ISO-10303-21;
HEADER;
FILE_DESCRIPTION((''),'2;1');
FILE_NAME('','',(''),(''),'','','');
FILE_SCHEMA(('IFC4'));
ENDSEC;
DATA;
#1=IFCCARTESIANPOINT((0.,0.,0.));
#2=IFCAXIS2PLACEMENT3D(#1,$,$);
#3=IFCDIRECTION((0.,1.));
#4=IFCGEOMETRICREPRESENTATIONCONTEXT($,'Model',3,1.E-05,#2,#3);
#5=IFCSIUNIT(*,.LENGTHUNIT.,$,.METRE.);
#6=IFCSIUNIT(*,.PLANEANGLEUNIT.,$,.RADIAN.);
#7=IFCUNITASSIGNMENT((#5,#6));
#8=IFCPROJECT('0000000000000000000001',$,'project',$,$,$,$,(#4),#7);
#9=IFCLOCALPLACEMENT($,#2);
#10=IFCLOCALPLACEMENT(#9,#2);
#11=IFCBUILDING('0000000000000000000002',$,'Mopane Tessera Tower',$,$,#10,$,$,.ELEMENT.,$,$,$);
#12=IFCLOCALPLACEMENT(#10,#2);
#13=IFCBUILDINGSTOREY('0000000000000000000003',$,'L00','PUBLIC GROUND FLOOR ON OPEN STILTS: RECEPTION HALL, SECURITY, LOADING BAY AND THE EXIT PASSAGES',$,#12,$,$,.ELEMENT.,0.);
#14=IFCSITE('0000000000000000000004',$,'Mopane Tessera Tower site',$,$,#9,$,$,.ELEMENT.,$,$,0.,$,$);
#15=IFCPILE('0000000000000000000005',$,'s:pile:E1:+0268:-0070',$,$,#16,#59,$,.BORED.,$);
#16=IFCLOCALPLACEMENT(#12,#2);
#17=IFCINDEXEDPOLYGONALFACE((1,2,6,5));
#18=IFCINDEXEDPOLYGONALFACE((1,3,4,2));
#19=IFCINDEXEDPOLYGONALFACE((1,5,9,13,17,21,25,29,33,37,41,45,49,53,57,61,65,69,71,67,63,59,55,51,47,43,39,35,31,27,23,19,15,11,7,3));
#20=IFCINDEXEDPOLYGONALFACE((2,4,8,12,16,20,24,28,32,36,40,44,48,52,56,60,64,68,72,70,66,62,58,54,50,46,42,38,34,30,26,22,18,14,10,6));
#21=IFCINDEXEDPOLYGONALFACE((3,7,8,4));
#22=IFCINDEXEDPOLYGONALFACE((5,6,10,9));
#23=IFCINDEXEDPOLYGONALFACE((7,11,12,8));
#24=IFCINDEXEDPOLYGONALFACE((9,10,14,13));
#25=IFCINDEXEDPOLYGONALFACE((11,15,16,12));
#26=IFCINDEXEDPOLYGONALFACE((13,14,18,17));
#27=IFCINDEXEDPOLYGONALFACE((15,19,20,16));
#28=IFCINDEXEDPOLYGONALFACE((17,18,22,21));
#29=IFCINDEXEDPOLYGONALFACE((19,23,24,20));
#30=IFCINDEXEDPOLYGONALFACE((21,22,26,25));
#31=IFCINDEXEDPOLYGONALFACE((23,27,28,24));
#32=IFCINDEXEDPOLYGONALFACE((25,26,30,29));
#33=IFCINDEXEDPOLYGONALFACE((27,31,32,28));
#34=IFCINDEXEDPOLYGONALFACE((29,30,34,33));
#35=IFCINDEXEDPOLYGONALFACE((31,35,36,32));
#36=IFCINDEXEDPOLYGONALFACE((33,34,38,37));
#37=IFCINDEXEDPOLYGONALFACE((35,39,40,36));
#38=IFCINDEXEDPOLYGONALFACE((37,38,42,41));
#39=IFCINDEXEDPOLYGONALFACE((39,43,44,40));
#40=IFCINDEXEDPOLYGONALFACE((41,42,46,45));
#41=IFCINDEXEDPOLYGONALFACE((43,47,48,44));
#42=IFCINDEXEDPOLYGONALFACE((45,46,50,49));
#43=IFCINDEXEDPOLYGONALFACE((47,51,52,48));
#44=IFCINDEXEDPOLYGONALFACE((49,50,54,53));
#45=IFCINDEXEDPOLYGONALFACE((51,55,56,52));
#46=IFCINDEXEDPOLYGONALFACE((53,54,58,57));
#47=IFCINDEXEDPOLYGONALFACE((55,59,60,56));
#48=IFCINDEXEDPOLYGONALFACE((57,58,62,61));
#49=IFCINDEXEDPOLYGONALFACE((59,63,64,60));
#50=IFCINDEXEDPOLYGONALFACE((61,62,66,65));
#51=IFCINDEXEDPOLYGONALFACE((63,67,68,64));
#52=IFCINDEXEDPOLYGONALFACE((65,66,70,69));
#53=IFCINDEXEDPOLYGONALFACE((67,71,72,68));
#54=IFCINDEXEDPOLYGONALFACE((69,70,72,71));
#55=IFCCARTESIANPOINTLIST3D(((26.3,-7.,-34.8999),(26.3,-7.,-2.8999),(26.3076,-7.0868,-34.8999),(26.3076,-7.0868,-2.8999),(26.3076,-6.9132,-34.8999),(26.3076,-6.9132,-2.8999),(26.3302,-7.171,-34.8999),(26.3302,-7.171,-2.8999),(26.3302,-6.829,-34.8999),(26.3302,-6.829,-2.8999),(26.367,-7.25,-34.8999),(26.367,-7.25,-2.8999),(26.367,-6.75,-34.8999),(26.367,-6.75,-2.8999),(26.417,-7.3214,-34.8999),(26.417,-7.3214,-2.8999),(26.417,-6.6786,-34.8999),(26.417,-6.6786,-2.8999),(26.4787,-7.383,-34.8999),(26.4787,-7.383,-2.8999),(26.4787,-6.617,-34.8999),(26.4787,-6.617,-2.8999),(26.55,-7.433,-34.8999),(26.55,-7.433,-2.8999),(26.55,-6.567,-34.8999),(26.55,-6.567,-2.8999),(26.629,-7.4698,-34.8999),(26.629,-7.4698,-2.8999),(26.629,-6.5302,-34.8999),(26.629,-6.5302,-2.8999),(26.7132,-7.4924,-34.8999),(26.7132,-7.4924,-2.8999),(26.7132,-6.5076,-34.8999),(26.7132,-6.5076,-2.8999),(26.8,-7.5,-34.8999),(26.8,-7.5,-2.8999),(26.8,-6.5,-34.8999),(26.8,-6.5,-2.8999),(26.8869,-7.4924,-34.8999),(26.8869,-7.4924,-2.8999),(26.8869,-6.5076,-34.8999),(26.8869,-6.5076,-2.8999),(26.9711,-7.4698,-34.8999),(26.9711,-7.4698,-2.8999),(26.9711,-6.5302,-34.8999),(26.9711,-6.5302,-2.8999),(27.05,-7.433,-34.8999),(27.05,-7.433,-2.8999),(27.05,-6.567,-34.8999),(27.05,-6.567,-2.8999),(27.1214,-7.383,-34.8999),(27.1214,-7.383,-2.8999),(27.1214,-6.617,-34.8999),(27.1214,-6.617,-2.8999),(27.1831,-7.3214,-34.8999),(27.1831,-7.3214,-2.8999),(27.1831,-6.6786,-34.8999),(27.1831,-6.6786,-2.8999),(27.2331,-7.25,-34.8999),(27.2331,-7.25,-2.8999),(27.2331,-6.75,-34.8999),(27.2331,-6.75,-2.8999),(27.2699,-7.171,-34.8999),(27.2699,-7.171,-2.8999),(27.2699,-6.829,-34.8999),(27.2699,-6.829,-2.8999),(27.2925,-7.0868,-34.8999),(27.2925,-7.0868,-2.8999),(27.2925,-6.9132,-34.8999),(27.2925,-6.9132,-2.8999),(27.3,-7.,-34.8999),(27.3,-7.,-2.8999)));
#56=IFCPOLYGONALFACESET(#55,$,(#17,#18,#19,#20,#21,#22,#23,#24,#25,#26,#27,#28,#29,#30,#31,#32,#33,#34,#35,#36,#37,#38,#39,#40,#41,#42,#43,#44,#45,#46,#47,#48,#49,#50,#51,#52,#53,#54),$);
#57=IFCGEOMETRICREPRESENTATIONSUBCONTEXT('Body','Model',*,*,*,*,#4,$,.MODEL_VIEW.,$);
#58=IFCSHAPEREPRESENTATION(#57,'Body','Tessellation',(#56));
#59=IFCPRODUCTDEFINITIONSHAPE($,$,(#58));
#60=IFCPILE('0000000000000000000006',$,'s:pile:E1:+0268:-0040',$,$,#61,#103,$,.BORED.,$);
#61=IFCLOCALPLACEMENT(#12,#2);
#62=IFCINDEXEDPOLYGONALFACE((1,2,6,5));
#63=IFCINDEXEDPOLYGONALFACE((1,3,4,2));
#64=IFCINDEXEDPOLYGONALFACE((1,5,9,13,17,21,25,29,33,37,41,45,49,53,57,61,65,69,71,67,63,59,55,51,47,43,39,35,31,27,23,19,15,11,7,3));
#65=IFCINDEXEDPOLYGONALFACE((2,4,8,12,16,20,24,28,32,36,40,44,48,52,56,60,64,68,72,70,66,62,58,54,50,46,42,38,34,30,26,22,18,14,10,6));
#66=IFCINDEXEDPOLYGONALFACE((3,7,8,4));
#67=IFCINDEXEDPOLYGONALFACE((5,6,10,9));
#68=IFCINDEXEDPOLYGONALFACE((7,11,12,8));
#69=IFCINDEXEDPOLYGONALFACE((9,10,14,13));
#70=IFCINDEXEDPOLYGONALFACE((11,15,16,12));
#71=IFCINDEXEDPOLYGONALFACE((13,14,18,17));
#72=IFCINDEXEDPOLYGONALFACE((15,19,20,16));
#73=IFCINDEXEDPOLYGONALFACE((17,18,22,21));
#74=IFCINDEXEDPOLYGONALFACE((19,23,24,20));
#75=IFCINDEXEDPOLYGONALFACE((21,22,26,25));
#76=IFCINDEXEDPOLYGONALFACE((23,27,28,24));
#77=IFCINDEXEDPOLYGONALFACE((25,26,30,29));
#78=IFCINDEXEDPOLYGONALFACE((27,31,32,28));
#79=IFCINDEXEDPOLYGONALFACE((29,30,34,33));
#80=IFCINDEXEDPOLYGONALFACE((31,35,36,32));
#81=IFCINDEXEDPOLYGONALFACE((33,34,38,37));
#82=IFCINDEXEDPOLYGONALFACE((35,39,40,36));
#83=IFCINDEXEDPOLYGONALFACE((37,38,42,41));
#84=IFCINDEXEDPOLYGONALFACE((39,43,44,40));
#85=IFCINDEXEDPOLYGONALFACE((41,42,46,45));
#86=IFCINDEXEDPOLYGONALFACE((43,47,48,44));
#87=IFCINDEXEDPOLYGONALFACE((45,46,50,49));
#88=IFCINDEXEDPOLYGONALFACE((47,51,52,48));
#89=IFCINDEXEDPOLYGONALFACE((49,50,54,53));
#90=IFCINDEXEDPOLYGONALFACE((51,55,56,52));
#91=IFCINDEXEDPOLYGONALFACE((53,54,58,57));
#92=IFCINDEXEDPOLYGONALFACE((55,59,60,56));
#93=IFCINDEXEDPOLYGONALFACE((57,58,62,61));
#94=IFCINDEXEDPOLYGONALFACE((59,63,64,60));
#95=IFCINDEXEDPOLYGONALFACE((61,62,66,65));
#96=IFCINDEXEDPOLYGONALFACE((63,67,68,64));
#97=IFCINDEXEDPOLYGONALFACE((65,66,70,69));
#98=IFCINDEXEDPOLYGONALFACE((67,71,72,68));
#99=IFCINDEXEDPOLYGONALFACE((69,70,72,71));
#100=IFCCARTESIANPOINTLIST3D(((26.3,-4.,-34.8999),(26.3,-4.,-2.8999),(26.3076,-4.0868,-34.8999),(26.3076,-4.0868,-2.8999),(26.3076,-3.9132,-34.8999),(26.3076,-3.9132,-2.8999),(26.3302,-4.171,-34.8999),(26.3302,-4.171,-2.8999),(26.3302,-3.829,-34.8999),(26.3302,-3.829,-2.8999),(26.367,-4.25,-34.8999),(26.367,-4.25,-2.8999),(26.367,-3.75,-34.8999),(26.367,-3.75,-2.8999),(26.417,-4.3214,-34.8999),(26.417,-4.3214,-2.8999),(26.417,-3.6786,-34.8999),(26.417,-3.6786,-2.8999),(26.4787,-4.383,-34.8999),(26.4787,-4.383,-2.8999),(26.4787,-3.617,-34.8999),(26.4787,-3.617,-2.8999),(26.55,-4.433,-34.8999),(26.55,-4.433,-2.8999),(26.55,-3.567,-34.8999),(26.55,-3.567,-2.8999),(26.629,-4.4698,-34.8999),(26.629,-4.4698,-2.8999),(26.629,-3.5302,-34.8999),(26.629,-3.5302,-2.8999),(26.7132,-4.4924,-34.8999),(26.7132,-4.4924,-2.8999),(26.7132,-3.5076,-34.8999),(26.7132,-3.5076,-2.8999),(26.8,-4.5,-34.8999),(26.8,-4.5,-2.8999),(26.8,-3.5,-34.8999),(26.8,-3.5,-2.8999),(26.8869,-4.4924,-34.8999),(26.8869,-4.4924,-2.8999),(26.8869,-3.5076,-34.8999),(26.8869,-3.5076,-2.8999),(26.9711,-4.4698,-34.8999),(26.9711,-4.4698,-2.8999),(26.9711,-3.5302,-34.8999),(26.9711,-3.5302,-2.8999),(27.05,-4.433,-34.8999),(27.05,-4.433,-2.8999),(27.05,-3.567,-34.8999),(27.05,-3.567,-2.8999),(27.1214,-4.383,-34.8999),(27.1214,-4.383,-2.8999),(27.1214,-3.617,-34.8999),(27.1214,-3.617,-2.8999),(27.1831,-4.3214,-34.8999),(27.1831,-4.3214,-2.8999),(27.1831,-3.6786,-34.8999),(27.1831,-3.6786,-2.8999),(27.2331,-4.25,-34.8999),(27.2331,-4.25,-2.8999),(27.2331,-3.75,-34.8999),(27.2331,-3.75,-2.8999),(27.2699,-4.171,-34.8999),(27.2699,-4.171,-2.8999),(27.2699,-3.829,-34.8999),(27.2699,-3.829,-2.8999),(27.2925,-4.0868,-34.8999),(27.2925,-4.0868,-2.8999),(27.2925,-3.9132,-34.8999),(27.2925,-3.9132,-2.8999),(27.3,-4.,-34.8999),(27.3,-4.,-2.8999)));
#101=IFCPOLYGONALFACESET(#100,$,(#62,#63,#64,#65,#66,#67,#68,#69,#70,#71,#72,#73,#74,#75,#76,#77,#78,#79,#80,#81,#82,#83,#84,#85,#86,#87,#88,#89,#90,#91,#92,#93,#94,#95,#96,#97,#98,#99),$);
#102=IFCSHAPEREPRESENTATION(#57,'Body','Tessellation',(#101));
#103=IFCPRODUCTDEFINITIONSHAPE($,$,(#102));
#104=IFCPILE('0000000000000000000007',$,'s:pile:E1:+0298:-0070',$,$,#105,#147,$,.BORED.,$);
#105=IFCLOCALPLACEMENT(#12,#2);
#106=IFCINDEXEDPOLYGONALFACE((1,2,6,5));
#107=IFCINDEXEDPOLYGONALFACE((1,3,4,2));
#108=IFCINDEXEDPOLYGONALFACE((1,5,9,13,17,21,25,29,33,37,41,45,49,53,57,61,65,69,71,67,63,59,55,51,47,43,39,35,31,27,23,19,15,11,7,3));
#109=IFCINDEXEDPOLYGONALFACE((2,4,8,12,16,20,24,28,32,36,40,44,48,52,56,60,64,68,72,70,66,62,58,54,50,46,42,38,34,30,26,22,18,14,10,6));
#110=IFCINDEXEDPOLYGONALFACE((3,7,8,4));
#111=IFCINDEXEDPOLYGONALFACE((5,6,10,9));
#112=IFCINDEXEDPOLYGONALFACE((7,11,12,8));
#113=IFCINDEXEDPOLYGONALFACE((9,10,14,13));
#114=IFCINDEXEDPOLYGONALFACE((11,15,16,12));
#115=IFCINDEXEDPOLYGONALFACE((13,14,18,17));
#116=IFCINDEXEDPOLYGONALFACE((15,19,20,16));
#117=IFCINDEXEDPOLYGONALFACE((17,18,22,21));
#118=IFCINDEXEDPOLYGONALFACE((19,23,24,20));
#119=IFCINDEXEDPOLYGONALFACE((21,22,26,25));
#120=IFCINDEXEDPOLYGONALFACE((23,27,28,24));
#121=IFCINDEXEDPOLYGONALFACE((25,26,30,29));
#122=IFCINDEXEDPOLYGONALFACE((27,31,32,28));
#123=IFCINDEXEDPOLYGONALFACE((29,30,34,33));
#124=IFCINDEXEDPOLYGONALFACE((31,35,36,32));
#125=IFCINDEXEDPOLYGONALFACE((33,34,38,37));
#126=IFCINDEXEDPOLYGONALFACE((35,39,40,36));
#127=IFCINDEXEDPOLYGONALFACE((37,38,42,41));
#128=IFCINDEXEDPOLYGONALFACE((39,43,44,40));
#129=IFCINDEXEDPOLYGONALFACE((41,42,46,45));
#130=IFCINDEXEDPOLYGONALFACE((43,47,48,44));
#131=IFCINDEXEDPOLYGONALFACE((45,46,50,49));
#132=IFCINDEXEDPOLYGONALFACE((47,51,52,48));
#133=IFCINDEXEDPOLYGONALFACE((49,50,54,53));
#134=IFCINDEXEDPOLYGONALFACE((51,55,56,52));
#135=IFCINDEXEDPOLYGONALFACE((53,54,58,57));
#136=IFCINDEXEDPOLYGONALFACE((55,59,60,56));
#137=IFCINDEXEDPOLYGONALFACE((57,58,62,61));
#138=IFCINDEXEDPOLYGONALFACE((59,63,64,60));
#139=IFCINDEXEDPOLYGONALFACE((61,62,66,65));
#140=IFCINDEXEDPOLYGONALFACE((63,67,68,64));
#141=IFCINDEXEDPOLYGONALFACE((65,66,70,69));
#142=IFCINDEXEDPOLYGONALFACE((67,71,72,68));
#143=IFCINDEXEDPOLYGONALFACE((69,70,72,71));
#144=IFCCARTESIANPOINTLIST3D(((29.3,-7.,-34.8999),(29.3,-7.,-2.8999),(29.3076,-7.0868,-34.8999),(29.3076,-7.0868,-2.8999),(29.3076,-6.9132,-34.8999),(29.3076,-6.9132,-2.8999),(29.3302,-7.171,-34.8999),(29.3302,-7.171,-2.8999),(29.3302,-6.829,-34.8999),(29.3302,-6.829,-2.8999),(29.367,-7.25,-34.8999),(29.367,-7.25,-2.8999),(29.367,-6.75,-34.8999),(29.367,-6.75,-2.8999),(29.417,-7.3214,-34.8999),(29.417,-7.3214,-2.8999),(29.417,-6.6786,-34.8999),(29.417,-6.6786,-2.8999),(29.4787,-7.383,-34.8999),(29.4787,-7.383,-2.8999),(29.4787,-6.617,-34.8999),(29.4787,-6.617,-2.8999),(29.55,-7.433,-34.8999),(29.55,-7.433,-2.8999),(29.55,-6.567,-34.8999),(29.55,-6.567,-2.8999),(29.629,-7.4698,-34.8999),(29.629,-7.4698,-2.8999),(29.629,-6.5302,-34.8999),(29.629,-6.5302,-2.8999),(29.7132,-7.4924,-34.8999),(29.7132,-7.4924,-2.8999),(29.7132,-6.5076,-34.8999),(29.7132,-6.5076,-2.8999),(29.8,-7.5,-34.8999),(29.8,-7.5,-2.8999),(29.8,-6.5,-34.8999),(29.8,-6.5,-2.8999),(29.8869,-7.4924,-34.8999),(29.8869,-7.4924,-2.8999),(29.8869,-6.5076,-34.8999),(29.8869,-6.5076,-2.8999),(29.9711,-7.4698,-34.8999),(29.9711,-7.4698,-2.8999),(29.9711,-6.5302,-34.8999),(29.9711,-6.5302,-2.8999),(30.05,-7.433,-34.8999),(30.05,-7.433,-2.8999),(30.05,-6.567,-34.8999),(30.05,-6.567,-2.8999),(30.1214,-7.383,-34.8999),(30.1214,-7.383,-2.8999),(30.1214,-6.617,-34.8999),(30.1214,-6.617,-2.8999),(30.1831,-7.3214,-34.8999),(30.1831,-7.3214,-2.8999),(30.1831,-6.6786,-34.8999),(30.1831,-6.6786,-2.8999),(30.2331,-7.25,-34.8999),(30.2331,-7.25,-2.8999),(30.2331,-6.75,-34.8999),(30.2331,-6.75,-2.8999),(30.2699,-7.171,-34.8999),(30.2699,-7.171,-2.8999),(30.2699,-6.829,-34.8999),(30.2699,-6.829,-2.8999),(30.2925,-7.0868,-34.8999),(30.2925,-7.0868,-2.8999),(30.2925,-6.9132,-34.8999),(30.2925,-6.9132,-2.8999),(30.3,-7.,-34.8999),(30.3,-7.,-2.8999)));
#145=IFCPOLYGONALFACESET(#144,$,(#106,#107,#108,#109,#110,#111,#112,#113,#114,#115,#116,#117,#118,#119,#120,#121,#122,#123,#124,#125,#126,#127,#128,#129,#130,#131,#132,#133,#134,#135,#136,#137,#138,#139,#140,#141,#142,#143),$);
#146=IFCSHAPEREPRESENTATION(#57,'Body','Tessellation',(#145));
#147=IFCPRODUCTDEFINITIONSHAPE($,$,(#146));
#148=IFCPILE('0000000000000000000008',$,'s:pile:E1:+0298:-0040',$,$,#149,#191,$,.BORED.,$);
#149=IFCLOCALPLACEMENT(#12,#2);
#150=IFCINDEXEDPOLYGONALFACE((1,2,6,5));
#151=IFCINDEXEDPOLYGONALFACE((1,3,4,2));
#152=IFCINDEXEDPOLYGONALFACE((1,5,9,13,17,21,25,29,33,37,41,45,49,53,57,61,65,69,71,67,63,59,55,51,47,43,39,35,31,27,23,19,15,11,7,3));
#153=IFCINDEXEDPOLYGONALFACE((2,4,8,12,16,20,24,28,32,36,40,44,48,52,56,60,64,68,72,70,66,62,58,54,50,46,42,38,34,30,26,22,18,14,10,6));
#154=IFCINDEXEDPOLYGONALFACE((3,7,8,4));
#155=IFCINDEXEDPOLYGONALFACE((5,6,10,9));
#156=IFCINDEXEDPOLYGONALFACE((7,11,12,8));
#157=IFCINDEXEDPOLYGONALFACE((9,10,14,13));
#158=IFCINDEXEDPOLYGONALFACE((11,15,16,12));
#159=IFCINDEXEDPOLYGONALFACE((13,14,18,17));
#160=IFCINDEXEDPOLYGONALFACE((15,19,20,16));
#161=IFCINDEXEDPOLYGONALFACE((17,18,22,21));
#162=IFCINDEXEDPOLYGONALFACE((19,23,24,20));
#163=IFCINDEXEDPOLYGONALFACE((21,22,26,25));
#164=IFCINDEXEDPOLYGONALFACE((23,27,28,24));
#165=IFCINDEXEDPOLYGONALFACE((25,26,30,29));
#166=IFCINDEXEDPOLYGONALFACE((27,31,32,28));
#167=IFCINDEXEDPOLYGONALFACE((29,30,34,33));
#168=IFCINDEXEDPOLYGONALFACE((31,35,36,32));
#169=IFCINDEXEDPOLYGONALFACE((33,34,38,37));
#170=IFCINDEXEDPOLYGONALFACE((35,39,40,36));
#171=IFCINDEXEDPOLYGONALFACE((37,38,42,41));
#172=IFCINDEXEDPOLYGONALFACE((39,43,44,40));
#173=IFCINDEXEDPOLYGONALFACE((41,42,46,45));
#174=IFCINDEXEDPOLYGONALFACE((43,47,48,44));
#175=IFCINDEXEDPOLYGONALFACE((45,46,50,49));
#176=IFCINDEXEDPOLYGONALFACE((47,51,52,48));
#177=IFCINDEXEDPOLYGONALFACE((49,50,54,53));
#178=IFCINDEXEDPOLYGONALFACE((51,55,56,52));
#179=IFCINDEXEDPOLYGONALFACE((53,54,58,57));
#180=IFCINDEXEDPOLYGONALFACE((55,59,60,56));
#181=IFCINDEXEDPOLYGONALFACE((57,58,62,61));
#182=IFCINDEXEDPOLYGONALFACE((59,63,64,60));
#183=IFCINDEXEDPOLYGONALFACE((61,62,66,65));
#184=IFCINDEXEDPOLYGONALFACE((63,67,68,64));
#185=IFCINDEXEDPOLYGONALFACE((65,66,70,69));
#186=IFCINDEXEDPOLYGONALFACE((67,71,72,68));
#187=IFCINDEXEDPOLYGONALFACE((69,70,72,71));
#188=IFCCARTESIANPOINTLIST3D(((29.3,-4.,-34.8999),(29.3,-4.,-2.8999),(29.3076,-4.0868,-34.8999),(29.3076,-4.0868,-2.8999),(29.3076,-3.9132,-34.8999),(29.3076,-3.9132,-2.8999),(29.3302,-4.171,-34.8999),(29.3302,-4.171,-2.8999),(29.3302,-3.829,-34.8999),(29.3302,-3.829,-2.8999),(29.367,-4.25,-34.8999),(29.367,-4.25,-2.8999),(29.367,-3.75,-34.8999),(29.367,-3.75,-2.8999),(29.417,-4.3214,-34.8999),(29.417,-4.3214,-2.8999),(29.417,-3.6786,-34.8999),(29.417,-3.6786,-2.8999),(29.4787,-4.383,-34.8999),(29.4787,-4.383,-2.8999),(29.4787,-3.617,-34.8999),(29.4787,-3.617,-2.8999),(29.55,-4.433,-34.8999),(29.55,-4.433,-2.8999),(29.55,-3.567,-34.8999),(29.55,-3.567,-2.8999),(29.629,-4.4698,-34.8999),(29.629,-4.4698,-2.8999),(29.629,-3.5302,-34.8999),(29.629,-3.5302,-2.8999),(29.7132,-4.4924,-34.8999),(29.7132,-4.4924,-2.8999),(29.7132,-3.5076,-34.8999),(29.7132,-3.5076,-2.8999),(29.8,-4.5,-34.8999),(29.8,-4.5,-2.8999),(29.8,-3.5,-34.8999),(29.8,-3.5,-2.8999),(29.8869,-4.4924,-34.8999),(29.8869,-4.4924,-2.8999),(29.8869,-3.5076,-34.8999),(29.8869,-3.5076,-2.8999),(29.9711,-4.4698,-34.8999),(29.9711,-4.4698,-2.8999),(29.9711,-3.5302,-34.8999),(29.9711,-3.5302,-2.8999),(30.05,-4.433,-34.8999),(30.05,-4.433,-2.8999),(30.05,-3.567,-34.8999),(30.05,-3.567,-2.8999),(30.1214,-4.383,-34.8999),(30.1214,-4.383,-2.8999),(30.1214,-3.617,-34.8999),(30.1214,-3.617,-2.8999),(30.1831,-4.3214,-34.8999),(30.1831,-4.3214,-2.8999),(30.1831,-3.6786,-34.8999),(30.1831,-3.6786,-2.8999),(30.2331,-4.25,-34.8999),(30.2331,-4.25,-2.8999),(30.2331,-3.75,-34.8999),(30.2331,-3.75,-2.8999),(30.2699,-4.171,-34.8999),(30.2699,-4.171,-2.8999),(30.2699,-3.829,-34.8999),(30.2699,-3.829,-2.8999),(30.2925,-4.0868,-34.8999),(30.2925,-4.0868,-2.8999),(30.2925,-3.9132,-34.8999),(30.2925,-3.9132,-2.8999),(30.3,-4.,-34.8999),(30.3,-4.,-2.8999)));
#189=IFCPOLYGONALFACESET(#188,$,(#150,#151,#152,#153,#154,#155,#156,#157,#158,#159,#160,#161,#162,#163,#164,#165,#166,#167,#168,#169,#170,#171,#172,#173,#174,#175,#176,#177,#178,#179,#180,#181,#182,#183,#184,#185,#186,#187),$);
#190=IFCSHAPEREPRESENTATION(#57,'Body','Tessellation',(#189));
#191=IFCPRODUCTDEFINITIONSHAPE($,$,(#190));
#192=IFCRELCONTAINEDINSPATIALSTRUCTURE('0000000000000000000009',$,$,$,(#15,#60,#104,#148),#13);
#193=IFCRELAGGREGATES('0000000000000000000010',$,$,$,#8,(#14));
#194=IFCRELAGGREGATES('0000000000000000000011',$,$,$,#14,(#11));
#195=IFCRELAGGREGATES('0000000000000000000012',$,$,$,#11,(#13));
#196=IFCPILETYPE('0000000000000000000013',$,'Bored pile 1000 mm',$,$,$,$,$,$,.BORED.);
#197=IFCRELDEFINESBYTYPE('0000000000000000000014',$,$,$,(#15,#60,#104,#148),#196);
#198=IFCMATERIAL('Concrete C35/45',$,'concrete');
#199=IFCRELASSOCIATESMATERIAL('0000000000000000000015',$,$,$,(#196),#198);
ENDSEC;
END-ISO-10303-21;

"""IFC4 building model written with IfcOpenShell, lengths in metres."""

from ifc_helpers import new_model, si_unit, direction, frame, origin, origin_2d, place, context, subcontext, project, spatial, circle, extrude, material, material_profile, profile_set, type_object, element, save


model = new_model("IFC4")

# Units and contexts
model_context = context("Model", 3, precision=1e-05, world=origin(), true_north=direction((0.0, 1.0)))
body_context = subcontext(model_context, "Body", "Model", "MODEL_VIEW")
ifc_project = project(units=[si_unit("LENGTHUNIT", "METRE"), si_unit("PLANEANGLEUNIT", "RADIAN")], contexts=[model_context])

# Site, building, storey
site_placement = place(None, origin())
site = spatial("IfcSite", under=ifc_project, at=site_placement, Name="Mopane Tessera Tower site", CompositionType="ELEMENT", RefElevation=0.0)
building_placement = place(site_placement, origin())
building = spatial("IfcBuilding", under=site, at=building_placement, Name="Mopane Tessera Tower", CompositionType="ELEMENT")
storey_placement = place(building_placement, origin())
storey = spatial("IfcBuildingStorey", under=building, at=storey_placement, Name="L00", Description="PUBLIC GROUND FLOOR ON OPEN STILTS: RECEPTION HALL, SECURITY, LOADING BAY AND THE EXIT PASSAGES", CompositionType="ELEMENT", Elevation=0.0)

# Piles
ifc_material_1 = material(Name="Concrete C35/45", Category="concrete")
ifc_material_profile_1 = material_profile(ifc_material_1, circle(Radius=0.5, at=origin_2d()))
ifc_profile_set_1 = profile_set([ifc_material_profile_1], Name="Concrete C35/45")
pile_type_1 = type_object("IfcPileType", Name="Bored pile 1000 mm", PredefinedType="BORED", material=ifc_profile_set_1)
for number, where, z_axis, x_axis, name in (
    (1, (26.8, -7.0, -2.8999), (0.0, 0.0, -1.0), (1.0, 0.0, 0.0), "s:pile:E1:+0268:-0070"),
    (2, (26.8, -4.0, -2.8999), (0.0, 0.0, -1.0), (1.0, 0.0, 0.0), "s:pile:E1:+0268:-0040"),
    (3, (29.8, -7.0, -2.8999), (0.0, 0.0, -1.0), (1.0, 0.0, 0.0), "s:pile:E1:+0298:-0070"),
    (4, (29.8, -4.0, -2.8999), (0.0, 0.0, -1.0), (1.0, 0.0, 0.0), "s:pile:E1:+0298:-0040"),
):
    element("IfcPile", number, at=place(storey_placement, frame(where, z_axis=z_axis, x_axis=x_axis)), inside=storey, type_object=pile_type_1, Name=name, PredefinedType="BORED", context=body_context, shape_type="SweptSolid", body=[
        extrude(circle(Radius=0.5, at=origin_2d()), origin(), (0.0, 0.0, 1.0), 32.0),
    ])

save(model, "model.ifc")
